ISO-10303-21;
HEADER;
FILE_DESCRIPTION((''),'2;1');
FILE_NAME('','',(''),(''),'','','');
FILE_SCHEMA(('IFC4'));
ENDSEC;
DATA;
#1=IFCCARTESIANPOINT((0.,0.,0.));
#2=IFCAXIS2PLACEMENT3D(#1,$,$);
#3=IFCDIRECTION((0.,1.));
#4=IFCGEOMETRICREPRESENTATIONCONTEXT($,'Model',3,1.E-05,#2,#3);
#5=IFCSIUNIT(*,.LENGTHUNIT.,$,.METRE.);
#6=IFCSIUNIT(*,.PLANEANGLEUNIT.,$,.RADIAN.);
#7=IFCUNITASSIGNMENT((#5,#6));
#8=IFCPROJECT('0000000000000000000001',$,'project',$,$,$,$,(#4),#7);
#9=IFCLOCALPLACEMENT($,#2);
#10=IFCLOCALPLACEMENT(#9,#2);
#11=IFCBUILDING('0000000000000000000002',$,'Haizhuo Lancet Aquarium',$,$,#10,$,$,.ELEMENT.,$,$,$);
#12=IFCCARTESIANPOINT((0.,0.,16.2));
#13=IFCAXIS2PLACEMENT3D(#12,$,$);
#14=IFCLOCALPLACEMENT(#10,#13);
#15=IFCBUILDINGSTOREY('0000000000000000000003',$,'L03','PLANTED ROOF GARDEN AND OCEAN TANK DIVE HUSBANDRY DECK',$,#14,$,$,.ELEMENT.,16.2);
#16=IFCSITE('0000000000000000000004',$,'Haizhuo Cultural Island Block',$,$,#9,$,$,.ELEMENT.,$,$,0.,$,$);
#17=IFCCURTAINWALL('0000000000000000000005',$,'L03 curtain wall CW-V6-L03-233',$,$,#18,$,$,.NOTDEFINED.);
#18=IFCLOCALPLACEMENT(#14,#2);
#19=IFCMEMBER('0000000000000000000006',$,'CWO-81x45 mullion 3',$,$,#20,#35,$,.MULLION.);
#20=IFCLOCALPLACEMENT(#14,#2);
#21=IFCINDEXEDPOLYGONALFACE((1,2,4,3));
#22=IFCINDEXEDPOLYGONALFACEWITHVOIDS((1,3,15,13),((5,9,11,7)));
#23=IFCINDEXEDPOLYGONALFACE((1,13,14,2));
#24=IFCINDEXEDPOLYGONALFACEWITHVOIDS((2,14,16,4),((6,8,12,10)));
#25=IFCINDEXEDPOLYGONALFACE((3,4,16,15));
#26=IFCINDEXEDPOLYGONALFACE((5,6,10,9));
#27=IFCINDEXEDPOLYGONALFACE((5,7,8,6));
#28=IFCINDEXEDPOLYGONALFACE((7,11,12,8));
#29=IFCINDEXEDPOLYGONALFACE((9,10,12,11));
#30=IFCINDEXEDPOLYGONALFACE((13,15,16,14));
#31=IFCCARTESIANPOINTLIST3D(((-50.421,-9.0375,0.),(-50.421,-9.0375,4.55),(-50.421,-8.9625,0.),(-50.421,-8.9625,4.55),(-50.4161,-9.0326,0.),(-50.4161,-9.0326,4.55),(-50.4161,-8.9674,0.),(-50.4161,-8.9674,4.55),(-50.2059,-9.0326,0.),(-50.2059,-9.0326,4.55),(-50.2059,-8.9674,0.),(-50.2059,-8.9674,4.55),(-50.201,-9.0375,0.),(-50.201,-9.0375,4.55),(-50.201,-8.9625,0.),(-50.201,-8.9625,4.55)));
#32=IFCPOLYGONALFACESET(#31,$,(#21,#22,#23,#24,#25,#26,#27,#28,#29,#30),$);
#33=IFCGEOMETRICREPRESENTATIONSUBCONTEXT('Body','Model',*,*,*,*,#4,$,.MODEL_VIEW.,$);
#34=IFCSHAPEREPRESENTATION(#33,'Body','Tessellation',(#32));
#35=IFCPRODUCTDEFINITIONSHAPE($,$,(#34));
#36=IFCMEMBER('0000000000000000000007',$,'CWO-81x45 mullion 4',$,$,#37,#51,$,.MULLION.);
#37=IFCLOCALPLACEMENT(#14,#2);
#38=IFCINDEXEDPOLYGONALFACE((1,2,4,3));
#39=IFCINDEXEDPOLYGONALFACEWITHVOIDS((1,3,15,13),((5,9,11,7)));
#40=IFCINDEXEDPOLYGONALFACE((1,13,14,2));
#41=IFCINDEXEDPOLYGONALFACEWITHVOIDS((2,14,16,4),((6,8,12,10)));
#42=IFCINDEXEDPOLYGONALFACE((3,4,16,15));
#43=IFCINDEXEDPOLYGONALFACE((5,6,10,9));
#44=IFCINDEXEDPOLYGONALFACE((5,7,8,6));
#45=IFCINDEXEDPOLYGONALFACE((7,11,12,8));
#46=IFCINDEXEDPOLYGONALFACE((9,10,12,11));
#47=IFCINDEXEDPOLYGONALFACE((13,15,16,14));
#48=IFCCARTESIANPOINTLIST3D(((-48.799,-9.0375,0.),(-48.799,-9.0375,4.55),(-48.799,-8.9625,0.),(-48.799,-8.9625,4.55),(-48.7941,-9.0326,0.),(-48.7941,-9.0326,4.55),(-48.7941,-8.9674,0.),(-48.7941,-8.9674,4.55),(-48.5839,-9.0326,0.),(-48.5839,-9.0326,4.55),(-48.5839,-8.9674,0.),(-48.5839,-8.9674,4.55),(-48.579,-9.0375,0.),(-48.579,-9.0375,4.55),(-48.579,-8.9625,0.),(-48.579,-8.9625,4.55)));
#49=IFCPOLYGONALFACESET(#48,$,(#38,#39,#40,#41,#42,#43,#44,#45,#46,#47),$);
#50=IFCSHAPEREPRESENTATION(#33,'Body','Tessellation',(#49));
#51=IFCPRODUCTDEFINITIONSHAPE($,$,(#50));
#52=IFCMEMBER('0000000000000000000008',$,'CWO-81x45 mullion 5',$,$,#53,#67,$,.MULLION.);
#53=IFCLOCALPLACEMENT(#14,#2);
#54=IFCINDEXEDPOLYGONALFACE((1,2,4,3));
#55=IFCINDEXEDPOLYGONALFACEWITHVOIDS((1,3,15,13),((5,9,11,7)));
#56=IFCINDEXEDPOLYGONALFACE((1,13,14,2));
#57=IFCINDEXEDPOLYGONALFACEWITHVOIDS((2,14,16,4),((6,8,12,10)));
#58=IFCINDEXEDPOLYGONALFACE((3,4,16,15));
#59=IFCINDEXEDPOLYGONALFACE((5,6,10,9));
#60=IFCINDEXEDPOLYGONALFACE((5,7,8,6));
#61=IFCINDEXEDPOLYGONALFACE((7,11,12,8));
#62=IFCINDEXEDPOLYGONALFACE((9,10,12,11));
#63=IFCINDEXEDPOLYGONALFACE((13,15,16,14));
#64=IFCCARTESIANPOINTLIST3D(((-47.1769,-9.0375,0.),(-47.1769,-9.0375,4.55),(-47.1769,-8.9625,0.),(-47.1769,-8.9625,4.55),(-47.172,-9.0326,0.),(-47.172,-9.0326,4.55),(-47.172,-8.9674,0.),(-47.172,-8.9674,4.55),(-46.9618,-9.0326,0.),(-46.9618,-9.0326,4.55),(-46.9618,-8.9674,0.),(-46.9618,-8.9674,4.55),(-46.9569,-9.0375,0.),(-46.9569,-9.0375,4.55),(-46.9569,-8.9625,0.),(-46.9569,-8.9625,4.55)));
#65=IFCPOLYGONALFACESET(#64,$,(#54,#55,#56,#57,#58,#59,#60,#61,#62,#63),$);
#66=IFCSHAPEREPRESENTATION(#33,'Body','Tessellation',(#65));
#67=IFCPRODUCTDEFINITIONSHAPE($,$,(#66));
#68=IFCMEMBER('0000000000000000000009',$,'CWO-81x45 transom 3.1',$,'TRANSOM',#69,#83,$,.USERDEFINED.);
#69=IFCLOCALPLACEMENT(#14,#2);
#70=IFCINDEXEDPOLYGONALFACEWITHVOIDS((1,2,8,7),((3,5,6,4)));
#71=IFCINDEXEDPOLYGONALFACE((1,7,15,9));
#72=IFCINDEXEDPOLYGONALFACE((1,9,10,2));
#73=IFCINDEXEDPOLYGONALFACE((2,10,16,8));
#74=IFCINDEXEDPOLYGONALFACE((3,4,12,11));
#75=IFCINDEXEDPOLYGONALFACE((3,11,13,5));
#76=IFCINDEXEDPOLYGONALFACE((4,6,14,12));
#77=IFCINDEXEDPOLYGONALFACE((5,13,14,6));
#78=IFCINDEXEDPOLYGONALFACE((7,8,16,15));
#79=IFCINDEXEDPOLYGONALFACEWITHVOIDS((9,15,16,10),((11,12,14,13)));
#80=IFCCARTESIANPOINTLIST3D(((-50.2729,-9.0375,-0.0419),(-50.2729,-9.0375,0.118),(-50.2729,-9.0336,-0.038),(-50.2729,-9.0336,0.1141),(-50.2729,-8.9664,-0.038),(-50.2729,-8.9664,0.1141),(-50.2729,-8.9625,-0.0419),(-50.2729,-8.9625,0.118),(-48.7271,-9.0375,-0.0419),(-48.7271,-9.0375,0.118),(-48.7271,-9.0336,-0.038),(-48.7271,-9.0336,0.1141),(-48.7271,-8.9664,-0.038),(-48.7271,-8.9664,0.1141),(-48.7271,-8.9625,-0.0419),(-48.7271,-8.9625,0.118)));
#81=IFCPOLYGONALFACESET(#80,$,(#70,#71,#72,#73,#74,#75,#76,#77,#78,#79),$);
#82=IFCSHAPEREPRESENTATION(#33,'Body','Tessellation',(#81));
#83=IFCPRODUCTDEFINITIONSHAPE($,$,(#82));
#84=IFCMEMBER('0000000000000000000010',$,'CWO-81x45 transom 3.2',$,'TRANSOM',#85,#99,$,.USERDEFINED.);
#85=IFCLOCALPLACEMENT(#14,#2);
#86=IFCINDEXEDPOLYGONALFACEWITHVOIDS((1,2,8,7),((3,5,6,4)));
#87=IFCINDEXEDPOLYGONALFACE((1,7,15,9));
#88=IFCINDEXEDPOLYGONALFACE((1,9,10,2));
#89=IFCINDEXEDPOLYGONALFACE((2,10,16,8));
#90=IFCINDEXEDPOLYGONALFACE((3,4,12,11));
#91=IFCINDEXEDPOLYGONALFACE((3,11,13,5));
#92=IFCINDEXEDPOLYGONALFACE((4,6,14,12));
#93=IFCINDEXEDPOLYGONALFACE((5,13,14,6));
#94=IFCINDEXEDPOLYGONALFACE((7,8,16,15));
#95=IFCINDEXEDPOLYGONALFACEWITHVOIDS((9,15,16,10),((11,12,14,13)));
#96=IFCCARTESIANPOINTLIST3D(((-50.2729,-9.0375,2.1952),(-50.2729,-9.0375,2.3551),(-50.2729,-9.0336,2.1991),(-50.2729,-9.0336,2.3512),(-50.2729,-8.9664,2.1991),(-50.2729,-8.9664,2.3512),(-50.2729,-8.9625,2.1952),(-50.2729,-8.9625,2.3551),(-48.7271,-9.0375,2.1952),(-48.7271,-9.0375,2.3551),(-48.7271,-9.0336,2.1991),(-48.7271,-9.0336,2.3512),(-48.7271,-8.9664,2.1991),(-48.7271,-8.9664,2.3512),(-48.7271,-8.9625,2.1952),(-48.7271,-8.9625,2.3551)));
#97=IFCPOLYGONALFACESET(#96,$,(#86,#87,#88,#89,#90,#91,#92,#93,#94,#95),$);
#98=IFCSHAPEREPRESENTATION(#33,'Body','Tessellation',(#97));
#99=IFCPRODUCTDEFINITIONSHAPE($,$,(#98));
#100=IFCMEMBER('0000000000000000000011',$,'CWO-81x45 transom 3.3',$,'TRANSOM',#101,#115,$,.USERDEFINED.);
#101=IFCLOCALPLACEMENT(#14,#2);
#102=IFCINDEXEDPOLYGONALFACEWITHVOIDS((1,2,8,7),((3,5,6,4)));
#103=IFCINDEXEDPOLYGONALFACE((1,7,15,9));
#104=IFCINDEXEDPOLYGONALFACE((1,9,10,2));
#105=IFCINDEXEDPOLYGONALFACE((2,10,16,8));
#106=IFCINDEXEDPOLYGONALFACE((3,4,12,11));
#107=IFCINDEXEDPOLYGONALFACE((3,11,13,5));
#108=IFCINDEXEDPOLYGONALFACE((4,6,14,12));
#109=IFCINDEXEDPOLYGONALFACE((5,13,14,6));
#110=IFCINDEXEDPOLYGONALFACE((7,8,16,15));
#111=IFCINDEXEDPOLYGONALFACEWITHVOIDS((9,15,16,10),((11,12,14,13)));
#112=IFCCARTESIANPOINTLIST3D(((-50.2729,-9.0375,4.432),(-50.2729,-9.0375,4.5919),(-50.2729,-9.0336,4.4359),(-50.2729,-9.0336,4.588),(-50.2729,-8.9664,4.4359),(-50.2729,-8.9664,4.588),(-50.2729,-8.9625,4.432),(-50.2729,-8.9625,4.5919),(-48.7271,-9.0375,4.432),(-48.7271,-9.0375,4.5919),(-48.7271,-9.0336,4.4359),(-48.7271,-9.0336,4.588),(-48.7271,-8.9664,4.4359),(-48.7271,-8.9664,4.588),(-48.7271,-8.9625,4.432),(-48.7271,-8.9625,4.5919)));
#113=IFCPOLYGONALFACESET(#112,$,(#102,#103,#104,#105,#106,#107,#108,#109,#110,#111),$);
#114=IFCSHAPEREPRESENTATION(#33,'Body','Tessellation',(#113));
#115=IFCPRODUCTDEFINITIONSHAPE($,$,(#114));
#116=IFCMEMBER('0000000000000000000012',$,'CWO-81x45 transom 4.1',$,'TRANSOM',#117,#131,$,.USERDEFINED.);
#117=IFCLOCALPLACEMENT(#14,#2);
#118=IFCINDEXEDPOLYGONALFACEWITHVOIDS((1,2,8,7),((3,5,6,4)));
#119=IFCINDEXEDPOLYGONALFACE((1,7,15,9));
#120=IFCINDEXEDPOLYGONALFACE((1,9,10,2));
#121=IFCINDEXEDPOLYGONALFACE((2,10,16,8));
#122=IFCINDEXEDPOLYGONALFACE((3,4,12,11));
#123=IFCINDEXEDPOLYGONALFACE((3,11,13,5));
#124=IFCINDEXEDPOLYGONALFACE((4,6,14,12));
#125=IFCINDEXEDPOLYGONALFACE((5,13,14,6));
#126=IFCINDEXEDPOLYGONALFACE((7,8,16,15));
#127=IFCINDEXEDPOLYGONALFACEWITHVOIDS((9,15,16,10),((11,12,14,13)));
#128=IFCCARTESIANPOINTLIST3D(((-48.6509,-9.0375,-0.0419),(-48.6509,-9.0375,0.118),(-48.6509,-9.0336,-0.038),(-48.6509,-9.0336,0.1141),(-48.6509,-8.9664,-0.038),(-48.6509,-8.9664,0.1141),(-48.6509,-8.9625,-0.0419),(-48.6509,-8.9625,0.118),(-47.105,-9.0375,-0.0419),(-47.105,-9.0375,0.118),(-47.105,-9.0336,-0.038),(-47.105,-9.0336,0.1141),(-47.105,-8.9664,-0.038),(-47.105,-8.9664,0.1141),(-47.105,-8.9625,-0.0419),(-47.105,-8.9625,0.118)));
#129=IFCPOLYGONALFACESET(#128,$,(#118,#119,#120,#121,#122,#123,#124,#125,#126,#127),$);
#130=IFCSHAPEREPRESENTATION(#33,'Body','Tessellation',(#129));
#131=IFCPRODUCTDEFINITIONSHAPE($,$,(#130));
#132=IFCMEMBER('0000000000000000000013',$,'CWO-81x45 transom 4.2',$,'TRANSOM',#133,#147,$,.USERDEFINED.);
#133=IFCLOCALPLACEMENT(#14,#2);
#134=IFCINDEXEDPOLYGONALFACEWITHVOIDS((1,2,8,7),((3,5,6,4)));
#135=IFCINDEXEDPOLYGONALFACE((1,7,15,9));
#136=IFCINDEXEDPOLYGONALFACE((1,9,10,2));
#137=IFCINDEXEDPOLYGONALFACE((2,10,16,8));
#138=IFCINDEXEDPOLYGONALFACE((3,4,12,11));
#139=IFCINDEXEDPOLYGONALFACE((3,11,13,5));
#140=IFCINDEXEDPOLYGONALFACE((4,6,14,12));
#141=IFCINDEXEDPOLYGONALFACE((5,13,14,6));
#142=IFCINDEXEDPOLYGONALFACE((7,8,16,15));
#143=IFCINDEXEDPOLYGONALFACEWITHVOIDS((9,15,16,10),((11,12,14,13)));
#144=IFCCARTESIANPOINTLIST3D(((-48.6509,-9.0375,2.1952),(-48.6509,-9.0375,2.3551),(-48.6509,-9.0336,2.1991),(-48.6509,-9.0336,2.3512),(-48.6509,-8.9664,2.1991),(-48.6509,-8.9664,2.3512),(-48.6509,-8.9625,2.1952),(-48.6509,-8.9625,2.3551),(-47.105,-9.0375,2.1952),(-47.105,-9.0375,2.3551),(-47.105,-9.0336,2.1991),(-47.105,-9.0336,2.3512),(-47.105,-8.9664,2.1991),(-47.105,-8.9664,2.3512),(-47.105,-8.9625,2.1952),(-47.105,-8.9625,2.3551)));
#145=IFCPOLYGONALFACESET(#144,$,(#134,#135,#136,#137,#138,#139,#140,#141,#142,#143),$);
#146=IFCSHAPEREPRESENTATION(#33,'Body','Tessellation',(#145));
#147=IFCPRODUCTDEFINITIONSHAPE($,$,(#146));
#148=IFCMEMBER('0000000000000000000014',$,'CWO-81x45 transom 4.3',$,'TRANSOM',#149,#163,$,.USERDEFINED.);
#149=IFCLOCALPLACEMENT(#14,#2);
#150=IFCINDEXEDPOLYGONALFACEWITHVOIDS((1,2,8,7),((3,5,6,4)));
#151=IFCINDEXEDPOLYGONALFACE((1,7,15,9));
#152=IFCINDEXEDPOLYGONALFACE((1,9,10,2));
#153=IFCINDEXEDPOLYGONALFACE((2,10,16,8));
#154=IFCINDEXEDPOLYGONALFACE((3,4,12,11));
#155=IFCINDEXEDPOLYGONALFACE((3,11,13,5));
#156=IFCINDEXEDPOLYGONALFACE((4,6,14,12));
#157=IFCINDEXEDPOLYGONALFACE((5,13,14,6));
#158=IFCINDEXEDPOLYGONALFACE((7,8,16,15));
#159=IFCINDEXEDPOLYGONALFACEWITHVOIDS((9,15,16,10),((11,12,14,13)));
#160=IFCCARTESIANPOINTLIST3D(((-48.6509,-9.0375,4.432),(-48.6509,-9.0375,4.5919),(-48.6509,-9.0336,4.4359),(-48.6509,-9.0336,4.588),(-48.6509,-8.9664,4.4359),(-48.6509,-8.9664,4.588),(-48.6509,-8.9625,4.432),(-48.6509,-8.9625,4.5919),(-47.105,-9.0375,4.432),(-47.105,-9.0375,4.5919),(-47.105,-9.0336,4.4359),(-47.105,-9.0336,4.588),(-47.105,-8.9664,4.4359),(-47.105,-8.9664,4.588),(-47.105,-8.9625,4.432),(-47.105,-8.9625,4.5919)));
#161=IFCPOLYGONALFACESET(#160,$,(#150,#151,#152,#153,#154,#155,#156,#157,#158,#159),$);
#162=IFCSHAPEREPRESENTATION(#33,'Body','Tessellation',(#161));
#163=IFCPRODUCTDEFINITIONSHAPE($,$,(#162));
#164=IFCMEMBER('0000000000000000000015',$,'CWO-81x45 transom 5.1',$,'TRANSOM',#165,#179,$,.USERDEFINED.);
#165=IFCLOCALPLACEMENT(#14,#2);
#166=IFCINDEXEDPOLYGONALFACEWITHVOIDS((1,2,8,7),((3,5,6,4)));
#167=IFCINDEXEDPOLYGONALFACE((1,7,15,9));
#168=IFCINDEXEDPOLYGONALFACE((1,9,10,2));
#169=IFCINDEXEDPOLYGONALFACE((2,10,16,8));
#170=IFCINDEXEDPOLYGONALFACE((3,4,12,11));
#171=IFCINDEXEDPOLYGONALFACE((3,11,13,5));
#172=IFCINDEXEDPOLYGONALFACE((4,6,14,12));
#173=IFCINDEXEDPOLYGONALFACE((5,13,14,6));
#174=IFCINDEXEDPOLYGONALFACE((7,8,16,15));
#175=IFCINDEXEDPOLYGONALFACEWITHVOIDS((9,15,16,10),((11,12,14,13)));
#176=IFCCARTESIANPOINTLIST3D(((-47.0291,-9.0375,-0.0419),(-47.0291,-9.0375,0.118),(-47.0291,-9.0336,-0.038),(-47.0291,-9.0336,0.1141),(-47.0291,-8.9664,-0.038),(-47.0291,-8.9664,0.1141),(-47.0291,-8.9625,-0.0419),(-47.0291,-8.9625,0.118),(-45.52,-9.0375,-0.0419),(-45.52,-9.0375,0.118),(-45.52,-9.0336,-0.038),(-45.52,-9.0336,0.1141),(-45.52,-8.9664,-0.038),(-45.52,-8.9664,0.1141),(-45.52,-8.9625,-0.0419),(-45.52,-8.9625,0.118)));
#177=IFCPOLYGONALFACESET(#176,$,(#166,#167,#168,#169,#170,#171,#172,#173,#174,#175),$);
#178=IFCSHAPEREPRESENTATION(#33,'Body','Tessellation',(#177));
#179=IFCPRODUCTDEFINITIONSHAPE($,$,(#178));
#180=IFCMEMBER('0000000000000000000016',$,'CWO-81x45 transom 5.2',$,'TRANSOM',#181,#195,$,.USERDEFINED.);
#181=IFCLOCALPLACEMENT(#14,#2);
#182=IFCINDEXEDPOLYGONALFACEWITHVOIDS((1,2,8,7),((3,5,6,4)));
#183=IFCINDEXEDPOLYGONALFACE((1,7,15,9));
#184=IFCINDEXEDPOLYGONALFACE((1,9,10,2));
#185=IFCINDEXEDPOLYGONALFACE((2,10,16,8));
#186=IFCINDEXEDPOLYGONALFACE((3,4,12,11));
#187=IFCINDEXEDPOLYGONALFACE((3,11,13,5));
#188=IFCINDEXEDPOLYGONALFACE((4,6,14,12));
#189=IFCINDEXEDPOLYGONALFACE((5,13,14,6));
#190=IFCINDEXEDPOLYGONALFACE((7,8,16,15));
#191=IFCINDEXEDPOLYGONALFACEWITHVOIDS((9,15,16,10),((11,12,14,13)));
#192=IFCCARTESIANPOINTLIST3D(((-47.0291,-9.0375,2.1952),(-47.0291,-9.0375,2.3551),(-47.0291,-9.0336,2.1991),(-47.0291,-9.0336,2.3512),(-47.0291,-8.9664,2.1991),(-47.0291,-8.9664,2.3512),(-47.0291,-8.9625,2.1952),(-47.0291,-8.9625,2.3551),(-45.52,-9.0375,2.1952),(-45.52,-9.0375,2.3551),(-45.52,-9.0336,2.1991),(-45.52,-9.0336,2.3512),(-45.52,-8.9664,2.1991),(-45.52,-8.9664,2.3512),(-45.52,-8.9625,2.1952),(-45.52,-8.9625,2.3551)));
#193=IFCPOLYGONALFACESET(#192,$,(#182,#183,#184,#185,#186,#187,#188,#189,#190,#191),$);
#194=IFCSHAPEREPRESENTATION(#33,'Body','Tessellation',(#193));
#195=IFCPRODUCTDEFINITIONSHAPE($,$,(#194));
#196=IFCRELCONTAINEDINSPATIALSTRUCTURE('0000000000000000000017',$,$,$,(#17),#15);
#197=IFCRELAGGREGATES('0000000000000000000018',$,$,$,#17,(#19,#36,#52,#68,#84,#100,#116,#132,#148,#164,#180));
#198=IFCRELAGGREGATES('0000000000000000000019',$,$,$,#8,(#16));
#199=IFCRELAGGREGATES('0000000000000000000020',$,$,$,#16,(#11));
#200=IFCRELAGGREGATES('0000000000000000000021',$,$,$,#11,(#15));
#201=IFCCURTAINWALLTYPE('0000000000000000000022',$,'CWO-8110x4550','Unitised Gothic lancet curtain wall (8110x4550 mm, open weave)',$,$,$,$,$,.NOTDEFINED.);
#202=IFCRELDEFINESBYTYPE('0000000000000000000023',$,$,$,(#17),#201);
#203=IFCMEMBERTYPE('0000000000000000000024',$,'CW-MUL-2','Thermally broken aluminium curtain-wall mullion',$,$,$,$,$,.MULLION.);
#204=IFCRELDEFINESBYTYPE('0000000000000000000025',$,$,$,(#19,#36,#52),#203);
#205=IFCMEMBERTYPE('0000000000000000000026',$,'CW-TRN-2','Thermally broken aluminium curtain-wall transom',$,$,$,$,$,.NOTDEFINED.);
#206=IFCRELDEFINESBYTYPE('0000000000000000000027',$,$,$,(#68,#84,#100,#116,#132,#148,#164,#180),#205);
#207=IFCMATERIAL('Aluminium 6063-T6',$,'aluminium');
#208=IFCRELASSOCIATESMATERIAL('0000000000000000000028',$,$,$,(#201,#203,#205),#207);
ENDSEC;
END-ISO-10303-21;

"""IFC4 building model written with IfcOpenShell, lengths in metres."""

from ifc_helpers import new_model, si_unit, direction, frame, origin, origin_2d, place, context, subcontext, project, spatial, hollow_rectangle, extrude, material, material_profile, profile_set, type_object, element, aggregate, save


model = new_model("IFC4")

# Units and contexts
model_context = context("Model", 3, precision=1e-05, world=origin(), true_north=direction((0.0, 1.0)))
body_context = subcontext(model_context, "Body", "Model", "MODEL_VIEW")
ifc_project = project(units=[si_unit("LENGTHUNIT", "METRE"), si_unit("PLANEANGLEUNIT", "RADIAN")], contexts=[model_context])

# Site, building, storey
site_placement = place(None, origin())
site = spatial("IfcSite", under=ifc_project, at=site_placement, Name="Haizhuo Cultural Island Block", CompositionType="ELEMENT", RefElevation=0.0)
building_placement = place(site_placement, origin())
building = spatial("IfcBuilding", under=site, at=building_placement, Name="Haizhuo Lancet Aquarium", CompositionType="ELEMENT")
storey_placement = place(building_placement, frame((0.0, 0.0, 16.2)))
storey = spatial("IfcBuildingStorey", under=building, at=storey_placement, Name="L03", Description="PLANTED ROOF GARDEN AND OCEAN TANK DIVE HUSBANDRY DECK", CompositionType="ELEMENT", Elevation=16.2)

# Curtain wall, members
ifc_material_1 = material(Name="Aluminium 6063-T6", Category="aluminium")
curtain_wall_type = type_object("IfcCurtainWallType", Name="CWO-8110x4550", Description="Unitised Gothic lancet curtain wall (8110x4550 mm, open weave)", PredefinedType="NOTDEFINED", material=ifc_material_1)
curtain_wall_placement = place(storey_placement, origin())
curtain_wall = element("IfcCurtainWall", 1, at=curtain_wall_placement, inside=storey, type_object=curtain_wall_type, Name="L03 curtain wall CW-V6-L03-233", PredefinedType="NOTDEFINED")
ifc_material_profile_1 = material_profile(ifc_material_1, hollow_rectangle(XDim=0.075, YDim=0.22, WallThickness=0.0049, at=origin_2d()), Name="ALU-M 75x220x5")
ifc_profile_set_1 = profile_set([ifc_material_profile_1], Name="Aluminium 6063-T6")
member_type_1 = type_object("IfcMemberType", Name="CW-MUL-2", Description="Thermally broken aluminium curtain-wall mullion", PredefinedType="MULLION", material=ifc_profile_set_1)
member_1_placement = place(storey_placement, frame((-50.311, -9.0, 0.0), z_axis=(0.0, 0.0, 1.0), x_axis=(0.0, 1.0, 0.0)))
member_1 = element("IfcMember", 2, at=member_1_placement, type_object=member_type_1, Name="CWO-81x45 mullion 3", PredefinedType="MULLION", context=body_context, shape_type="SweptSolid", body=[
    extrude(hollow_rectangle(XDim=0.075, YDim=0.22, WallThickness=0.0049, at=origin_2d()), origin(), (0.0, 0.0, 1.0), 4.55),
])
member_2_placement = place(storey_placement, frame((-48.689, -9.0, 0.0), z_axis=(0.0, 0.0, 1.0), x_axis=(0.0, 1.0, 0.0)))
member_2 = element("IfcMember", 3, at=member_2_placement, type_object=member_type_1, Name="CWO-81x45 mullion 4", PredefinedType="MULLION", context=body_context, shape_type="SweptSolid", body=[
    extrude(hollow_rectangle(XDim=0.075, YDim=0.22, WallThickness=0.0049, at=origin_2d()), origin(), (0.0, 0.0, 1.0), 4.55),
])
member_3_placement = place(storey_placement, frame((-47.0669, -9.0, 0.0), z_axis=(0.0, 0.0, 1.0), x_axis=(0.0, 1.0, 0.0)))
member_3 = element("IfcMember", 4, at=member_3_placement, type_object=member_type_1, Name="CWO-81x45 mullion 5", PredefinedType="MULLION", context=body_context, shape_type="SweptSolid", body=[
    extrude(hollow_rectangle(XDim=0.075, YDim=0.22, WallThickness=0.0049, at=origin_2d()), origin(), (0.0, 0.0, 1.0), 4.55),
])
ifc_material_profile_2 = material_profile(ifc_material_1, hollow_rectangle(XDim=0.075, YDim=0.1599, WallThickness=0.0039, at=origin_2d()), Name="ALU-T 75x160x4")
ifc_profile_set_2 = profile_set([ifc_material_profile_2], Name="Aluminium 6063-T6")
member_type_2 = type_object("IfcMemberType", Name="CW-TRN-2", Description="Thermally broken aluminium curtain-wall transom", PredefinedType="NOTDEFINED", material=ifc_profile_set_2)
member_4_placement = place(storey_placement, frame((-50.2729, -9.0, 0.0381), z_axis=(1.0, 0.0, 0.0), x_axis=(0.0, 1.0, 0.0)))
member_4 = element("IfcMember", 5, at=member_4_placement, type_object=member_type_2, Name="CWO-81x45 transom 3.1", ObjectType="TRANSOM", PredefinedType="USERDEFINED", context=body_context, shape_type="SweptSolid", body=[
    extrude(hollow_rectangle(XDim=0.075, YDim=0.1599, WallThickness=0.0039, at=origin_2d()), origin(), (0.0, 0.0, 1.0), 1.5459),
])
member_5_placement = place(storey_placement, frame((-50.2729, -9.0, 2.2751), z_axis=(1.0, 0.0, 0.0), x_axis=(0.0, 1.0, 0.0)))
member_5 = element("IfcMember", 6, at=member_5_placement, type_object=member_type_2, Name="CWO-81x45 transom 3.2", ObjectType="TRANSOM", PredefinedType="USERDEFINED", context=body_context, shape_type="SweptSolid", body=[
    extrude(hollow_rectangle(XDim=0.075, YDim=0.1599, WallThickness=0.0039, at=origin_2d()), origin(), (0.0, 0.0, 1.0), 1.5459),
])
member_6_placement = place(storey_placement, frame((-50.2729, -9.0, 4.512), z_axis=(1.0, 0.0, 0.0), x_axis=(0.0, 1.0, 0.0)))
member_6 = element("IfcMember", 7, at=member_6_placement, type_object=member_type_2, Name="CWO-81x45 transom 3.3", ObjectType="TRANSOM", PredefinedType="USERDEFINED", context=body_context, shape_type="SweptSolid", body=[
    extrude(hollow_rectangle(XDim=0.075, YDim=0.1599, WallThickness=0.0039, at=origin_2d()), origin(), (0.0, 0.0, 1.0), 1.5459),
])
member_7_placement = place(storey_placement, frame((-48.6509, -9.0, 0.0381), z_axis=(1.0, 0.0, 0.0), x_axis=(0.0, 1.0, 0.0)))
member_7 = element("IfcMember", 8, at=member_7_placement, type_object=member_type_2, Name="CWO-81x45 transom 4.1", ObjectType="TRANSOM", PredefinedType="USERDEFINED", context=body_context, shape_type="SweptSolid", body=[
    extrude(hollow_rectangle(XDim=0.075, YDim=0.1599, WallThickness=0.0039, at=origin_2d()), origin(), (0.0, 0.0, 1.0), 1.5459),
])
member_8_placement = place(storey_placement, frame((-48.6509, -9.0, 2.2751), z_axis=(1.0, 0.0, 0.0), x_axis=(0.0, 1.0, 0.0)))
member_8 = element("IfcMember", 9, at=member_8_placement, type_object=member_type_2, Name="CWO-81x45 transom 4.2", ObjectType="TRANSOM", PredefinedType="USERDEFINED", context=body_context, shape_type="SweptSolid", body=[
    extrude(hollow_rectangle(XDim=0.075, YDim=0.1599, WallThickness=0.0039, at=origin_2d()), origin(), (0.0, 0.0, 1.0), 1.5459),
])
member_9_placement = place(storey_placement, frame((-48.6509, -9.0, 4.512), z_axis=(1.0, 0.0, 0.0), x_axis=(0.0, 1.0, 0.0)))
member_9 = element("IfcMember", 10, at=member_9_placement, type_object=member_type_2, Name="CWO-81x45 transom 4.3", ObjectType="TRANSOM", PredefinedType="USERDEFINED", context=body_context, shape_type="SweptSolid", body=[
    extrude(hollow_rectangle(XDim=0.075, YDim=0.1599, WallThickness=0.0039, at=origin_2d()), origin(), (0.0, 0.0, 1.0), 1.5459),
])
member_10_placement = place(storey_placement, frame((-47.0291, -9.0, 0.0381), z_axis=(1.0, 0.0, 0.0), x_axis=(0.0, 1.0, 0.0)))
member_10 = element("IfcMember", 11, at=member_10_placement, type_object=member_type_2, Name="CWO-81x45 transom 5.1", ObjectType="TRANSOM", PredefinedType="USERDEFINED", context=body_context, shape_type="SweptSolid", body=[
    extrude(hollow_rectangle(XDim=0.075, YDim=0.1599, WallThickness=0.0039, at=origin_2d()), origin(), (0.0, 0.0, 1.0), 1.509),
])
member_11_placement = place(storey_placement, frame((-47.0291, -9.0, 2.2751), z_axis=(1.0, 0.0, 0.0), x_axis=(0.0, 1.0, 0.0)))
member_11 = element("IfcMember", 12, at=member_11_placement, type_object=member_type_2, Name="CWO-81x45 transom 5.2", ObjectType="TRANSOM", PredefinedType="USERDEFINED", context=body_context, shape_type="SweptSolid", body=[
    extrude(hollow_rectangle(XDim=0.075, YDim=0.1599, WallThickness=0.0039, at=origin_2d()), origin(), (0.0, 0.0, 1.0), 1.509),
])

aggregate(curtain_wall, [member_1, member_2, member_3, member_4, member_5, member_6, member_7, member_8, member_9, member_10, member_11])

save(model, "model.ifc")
